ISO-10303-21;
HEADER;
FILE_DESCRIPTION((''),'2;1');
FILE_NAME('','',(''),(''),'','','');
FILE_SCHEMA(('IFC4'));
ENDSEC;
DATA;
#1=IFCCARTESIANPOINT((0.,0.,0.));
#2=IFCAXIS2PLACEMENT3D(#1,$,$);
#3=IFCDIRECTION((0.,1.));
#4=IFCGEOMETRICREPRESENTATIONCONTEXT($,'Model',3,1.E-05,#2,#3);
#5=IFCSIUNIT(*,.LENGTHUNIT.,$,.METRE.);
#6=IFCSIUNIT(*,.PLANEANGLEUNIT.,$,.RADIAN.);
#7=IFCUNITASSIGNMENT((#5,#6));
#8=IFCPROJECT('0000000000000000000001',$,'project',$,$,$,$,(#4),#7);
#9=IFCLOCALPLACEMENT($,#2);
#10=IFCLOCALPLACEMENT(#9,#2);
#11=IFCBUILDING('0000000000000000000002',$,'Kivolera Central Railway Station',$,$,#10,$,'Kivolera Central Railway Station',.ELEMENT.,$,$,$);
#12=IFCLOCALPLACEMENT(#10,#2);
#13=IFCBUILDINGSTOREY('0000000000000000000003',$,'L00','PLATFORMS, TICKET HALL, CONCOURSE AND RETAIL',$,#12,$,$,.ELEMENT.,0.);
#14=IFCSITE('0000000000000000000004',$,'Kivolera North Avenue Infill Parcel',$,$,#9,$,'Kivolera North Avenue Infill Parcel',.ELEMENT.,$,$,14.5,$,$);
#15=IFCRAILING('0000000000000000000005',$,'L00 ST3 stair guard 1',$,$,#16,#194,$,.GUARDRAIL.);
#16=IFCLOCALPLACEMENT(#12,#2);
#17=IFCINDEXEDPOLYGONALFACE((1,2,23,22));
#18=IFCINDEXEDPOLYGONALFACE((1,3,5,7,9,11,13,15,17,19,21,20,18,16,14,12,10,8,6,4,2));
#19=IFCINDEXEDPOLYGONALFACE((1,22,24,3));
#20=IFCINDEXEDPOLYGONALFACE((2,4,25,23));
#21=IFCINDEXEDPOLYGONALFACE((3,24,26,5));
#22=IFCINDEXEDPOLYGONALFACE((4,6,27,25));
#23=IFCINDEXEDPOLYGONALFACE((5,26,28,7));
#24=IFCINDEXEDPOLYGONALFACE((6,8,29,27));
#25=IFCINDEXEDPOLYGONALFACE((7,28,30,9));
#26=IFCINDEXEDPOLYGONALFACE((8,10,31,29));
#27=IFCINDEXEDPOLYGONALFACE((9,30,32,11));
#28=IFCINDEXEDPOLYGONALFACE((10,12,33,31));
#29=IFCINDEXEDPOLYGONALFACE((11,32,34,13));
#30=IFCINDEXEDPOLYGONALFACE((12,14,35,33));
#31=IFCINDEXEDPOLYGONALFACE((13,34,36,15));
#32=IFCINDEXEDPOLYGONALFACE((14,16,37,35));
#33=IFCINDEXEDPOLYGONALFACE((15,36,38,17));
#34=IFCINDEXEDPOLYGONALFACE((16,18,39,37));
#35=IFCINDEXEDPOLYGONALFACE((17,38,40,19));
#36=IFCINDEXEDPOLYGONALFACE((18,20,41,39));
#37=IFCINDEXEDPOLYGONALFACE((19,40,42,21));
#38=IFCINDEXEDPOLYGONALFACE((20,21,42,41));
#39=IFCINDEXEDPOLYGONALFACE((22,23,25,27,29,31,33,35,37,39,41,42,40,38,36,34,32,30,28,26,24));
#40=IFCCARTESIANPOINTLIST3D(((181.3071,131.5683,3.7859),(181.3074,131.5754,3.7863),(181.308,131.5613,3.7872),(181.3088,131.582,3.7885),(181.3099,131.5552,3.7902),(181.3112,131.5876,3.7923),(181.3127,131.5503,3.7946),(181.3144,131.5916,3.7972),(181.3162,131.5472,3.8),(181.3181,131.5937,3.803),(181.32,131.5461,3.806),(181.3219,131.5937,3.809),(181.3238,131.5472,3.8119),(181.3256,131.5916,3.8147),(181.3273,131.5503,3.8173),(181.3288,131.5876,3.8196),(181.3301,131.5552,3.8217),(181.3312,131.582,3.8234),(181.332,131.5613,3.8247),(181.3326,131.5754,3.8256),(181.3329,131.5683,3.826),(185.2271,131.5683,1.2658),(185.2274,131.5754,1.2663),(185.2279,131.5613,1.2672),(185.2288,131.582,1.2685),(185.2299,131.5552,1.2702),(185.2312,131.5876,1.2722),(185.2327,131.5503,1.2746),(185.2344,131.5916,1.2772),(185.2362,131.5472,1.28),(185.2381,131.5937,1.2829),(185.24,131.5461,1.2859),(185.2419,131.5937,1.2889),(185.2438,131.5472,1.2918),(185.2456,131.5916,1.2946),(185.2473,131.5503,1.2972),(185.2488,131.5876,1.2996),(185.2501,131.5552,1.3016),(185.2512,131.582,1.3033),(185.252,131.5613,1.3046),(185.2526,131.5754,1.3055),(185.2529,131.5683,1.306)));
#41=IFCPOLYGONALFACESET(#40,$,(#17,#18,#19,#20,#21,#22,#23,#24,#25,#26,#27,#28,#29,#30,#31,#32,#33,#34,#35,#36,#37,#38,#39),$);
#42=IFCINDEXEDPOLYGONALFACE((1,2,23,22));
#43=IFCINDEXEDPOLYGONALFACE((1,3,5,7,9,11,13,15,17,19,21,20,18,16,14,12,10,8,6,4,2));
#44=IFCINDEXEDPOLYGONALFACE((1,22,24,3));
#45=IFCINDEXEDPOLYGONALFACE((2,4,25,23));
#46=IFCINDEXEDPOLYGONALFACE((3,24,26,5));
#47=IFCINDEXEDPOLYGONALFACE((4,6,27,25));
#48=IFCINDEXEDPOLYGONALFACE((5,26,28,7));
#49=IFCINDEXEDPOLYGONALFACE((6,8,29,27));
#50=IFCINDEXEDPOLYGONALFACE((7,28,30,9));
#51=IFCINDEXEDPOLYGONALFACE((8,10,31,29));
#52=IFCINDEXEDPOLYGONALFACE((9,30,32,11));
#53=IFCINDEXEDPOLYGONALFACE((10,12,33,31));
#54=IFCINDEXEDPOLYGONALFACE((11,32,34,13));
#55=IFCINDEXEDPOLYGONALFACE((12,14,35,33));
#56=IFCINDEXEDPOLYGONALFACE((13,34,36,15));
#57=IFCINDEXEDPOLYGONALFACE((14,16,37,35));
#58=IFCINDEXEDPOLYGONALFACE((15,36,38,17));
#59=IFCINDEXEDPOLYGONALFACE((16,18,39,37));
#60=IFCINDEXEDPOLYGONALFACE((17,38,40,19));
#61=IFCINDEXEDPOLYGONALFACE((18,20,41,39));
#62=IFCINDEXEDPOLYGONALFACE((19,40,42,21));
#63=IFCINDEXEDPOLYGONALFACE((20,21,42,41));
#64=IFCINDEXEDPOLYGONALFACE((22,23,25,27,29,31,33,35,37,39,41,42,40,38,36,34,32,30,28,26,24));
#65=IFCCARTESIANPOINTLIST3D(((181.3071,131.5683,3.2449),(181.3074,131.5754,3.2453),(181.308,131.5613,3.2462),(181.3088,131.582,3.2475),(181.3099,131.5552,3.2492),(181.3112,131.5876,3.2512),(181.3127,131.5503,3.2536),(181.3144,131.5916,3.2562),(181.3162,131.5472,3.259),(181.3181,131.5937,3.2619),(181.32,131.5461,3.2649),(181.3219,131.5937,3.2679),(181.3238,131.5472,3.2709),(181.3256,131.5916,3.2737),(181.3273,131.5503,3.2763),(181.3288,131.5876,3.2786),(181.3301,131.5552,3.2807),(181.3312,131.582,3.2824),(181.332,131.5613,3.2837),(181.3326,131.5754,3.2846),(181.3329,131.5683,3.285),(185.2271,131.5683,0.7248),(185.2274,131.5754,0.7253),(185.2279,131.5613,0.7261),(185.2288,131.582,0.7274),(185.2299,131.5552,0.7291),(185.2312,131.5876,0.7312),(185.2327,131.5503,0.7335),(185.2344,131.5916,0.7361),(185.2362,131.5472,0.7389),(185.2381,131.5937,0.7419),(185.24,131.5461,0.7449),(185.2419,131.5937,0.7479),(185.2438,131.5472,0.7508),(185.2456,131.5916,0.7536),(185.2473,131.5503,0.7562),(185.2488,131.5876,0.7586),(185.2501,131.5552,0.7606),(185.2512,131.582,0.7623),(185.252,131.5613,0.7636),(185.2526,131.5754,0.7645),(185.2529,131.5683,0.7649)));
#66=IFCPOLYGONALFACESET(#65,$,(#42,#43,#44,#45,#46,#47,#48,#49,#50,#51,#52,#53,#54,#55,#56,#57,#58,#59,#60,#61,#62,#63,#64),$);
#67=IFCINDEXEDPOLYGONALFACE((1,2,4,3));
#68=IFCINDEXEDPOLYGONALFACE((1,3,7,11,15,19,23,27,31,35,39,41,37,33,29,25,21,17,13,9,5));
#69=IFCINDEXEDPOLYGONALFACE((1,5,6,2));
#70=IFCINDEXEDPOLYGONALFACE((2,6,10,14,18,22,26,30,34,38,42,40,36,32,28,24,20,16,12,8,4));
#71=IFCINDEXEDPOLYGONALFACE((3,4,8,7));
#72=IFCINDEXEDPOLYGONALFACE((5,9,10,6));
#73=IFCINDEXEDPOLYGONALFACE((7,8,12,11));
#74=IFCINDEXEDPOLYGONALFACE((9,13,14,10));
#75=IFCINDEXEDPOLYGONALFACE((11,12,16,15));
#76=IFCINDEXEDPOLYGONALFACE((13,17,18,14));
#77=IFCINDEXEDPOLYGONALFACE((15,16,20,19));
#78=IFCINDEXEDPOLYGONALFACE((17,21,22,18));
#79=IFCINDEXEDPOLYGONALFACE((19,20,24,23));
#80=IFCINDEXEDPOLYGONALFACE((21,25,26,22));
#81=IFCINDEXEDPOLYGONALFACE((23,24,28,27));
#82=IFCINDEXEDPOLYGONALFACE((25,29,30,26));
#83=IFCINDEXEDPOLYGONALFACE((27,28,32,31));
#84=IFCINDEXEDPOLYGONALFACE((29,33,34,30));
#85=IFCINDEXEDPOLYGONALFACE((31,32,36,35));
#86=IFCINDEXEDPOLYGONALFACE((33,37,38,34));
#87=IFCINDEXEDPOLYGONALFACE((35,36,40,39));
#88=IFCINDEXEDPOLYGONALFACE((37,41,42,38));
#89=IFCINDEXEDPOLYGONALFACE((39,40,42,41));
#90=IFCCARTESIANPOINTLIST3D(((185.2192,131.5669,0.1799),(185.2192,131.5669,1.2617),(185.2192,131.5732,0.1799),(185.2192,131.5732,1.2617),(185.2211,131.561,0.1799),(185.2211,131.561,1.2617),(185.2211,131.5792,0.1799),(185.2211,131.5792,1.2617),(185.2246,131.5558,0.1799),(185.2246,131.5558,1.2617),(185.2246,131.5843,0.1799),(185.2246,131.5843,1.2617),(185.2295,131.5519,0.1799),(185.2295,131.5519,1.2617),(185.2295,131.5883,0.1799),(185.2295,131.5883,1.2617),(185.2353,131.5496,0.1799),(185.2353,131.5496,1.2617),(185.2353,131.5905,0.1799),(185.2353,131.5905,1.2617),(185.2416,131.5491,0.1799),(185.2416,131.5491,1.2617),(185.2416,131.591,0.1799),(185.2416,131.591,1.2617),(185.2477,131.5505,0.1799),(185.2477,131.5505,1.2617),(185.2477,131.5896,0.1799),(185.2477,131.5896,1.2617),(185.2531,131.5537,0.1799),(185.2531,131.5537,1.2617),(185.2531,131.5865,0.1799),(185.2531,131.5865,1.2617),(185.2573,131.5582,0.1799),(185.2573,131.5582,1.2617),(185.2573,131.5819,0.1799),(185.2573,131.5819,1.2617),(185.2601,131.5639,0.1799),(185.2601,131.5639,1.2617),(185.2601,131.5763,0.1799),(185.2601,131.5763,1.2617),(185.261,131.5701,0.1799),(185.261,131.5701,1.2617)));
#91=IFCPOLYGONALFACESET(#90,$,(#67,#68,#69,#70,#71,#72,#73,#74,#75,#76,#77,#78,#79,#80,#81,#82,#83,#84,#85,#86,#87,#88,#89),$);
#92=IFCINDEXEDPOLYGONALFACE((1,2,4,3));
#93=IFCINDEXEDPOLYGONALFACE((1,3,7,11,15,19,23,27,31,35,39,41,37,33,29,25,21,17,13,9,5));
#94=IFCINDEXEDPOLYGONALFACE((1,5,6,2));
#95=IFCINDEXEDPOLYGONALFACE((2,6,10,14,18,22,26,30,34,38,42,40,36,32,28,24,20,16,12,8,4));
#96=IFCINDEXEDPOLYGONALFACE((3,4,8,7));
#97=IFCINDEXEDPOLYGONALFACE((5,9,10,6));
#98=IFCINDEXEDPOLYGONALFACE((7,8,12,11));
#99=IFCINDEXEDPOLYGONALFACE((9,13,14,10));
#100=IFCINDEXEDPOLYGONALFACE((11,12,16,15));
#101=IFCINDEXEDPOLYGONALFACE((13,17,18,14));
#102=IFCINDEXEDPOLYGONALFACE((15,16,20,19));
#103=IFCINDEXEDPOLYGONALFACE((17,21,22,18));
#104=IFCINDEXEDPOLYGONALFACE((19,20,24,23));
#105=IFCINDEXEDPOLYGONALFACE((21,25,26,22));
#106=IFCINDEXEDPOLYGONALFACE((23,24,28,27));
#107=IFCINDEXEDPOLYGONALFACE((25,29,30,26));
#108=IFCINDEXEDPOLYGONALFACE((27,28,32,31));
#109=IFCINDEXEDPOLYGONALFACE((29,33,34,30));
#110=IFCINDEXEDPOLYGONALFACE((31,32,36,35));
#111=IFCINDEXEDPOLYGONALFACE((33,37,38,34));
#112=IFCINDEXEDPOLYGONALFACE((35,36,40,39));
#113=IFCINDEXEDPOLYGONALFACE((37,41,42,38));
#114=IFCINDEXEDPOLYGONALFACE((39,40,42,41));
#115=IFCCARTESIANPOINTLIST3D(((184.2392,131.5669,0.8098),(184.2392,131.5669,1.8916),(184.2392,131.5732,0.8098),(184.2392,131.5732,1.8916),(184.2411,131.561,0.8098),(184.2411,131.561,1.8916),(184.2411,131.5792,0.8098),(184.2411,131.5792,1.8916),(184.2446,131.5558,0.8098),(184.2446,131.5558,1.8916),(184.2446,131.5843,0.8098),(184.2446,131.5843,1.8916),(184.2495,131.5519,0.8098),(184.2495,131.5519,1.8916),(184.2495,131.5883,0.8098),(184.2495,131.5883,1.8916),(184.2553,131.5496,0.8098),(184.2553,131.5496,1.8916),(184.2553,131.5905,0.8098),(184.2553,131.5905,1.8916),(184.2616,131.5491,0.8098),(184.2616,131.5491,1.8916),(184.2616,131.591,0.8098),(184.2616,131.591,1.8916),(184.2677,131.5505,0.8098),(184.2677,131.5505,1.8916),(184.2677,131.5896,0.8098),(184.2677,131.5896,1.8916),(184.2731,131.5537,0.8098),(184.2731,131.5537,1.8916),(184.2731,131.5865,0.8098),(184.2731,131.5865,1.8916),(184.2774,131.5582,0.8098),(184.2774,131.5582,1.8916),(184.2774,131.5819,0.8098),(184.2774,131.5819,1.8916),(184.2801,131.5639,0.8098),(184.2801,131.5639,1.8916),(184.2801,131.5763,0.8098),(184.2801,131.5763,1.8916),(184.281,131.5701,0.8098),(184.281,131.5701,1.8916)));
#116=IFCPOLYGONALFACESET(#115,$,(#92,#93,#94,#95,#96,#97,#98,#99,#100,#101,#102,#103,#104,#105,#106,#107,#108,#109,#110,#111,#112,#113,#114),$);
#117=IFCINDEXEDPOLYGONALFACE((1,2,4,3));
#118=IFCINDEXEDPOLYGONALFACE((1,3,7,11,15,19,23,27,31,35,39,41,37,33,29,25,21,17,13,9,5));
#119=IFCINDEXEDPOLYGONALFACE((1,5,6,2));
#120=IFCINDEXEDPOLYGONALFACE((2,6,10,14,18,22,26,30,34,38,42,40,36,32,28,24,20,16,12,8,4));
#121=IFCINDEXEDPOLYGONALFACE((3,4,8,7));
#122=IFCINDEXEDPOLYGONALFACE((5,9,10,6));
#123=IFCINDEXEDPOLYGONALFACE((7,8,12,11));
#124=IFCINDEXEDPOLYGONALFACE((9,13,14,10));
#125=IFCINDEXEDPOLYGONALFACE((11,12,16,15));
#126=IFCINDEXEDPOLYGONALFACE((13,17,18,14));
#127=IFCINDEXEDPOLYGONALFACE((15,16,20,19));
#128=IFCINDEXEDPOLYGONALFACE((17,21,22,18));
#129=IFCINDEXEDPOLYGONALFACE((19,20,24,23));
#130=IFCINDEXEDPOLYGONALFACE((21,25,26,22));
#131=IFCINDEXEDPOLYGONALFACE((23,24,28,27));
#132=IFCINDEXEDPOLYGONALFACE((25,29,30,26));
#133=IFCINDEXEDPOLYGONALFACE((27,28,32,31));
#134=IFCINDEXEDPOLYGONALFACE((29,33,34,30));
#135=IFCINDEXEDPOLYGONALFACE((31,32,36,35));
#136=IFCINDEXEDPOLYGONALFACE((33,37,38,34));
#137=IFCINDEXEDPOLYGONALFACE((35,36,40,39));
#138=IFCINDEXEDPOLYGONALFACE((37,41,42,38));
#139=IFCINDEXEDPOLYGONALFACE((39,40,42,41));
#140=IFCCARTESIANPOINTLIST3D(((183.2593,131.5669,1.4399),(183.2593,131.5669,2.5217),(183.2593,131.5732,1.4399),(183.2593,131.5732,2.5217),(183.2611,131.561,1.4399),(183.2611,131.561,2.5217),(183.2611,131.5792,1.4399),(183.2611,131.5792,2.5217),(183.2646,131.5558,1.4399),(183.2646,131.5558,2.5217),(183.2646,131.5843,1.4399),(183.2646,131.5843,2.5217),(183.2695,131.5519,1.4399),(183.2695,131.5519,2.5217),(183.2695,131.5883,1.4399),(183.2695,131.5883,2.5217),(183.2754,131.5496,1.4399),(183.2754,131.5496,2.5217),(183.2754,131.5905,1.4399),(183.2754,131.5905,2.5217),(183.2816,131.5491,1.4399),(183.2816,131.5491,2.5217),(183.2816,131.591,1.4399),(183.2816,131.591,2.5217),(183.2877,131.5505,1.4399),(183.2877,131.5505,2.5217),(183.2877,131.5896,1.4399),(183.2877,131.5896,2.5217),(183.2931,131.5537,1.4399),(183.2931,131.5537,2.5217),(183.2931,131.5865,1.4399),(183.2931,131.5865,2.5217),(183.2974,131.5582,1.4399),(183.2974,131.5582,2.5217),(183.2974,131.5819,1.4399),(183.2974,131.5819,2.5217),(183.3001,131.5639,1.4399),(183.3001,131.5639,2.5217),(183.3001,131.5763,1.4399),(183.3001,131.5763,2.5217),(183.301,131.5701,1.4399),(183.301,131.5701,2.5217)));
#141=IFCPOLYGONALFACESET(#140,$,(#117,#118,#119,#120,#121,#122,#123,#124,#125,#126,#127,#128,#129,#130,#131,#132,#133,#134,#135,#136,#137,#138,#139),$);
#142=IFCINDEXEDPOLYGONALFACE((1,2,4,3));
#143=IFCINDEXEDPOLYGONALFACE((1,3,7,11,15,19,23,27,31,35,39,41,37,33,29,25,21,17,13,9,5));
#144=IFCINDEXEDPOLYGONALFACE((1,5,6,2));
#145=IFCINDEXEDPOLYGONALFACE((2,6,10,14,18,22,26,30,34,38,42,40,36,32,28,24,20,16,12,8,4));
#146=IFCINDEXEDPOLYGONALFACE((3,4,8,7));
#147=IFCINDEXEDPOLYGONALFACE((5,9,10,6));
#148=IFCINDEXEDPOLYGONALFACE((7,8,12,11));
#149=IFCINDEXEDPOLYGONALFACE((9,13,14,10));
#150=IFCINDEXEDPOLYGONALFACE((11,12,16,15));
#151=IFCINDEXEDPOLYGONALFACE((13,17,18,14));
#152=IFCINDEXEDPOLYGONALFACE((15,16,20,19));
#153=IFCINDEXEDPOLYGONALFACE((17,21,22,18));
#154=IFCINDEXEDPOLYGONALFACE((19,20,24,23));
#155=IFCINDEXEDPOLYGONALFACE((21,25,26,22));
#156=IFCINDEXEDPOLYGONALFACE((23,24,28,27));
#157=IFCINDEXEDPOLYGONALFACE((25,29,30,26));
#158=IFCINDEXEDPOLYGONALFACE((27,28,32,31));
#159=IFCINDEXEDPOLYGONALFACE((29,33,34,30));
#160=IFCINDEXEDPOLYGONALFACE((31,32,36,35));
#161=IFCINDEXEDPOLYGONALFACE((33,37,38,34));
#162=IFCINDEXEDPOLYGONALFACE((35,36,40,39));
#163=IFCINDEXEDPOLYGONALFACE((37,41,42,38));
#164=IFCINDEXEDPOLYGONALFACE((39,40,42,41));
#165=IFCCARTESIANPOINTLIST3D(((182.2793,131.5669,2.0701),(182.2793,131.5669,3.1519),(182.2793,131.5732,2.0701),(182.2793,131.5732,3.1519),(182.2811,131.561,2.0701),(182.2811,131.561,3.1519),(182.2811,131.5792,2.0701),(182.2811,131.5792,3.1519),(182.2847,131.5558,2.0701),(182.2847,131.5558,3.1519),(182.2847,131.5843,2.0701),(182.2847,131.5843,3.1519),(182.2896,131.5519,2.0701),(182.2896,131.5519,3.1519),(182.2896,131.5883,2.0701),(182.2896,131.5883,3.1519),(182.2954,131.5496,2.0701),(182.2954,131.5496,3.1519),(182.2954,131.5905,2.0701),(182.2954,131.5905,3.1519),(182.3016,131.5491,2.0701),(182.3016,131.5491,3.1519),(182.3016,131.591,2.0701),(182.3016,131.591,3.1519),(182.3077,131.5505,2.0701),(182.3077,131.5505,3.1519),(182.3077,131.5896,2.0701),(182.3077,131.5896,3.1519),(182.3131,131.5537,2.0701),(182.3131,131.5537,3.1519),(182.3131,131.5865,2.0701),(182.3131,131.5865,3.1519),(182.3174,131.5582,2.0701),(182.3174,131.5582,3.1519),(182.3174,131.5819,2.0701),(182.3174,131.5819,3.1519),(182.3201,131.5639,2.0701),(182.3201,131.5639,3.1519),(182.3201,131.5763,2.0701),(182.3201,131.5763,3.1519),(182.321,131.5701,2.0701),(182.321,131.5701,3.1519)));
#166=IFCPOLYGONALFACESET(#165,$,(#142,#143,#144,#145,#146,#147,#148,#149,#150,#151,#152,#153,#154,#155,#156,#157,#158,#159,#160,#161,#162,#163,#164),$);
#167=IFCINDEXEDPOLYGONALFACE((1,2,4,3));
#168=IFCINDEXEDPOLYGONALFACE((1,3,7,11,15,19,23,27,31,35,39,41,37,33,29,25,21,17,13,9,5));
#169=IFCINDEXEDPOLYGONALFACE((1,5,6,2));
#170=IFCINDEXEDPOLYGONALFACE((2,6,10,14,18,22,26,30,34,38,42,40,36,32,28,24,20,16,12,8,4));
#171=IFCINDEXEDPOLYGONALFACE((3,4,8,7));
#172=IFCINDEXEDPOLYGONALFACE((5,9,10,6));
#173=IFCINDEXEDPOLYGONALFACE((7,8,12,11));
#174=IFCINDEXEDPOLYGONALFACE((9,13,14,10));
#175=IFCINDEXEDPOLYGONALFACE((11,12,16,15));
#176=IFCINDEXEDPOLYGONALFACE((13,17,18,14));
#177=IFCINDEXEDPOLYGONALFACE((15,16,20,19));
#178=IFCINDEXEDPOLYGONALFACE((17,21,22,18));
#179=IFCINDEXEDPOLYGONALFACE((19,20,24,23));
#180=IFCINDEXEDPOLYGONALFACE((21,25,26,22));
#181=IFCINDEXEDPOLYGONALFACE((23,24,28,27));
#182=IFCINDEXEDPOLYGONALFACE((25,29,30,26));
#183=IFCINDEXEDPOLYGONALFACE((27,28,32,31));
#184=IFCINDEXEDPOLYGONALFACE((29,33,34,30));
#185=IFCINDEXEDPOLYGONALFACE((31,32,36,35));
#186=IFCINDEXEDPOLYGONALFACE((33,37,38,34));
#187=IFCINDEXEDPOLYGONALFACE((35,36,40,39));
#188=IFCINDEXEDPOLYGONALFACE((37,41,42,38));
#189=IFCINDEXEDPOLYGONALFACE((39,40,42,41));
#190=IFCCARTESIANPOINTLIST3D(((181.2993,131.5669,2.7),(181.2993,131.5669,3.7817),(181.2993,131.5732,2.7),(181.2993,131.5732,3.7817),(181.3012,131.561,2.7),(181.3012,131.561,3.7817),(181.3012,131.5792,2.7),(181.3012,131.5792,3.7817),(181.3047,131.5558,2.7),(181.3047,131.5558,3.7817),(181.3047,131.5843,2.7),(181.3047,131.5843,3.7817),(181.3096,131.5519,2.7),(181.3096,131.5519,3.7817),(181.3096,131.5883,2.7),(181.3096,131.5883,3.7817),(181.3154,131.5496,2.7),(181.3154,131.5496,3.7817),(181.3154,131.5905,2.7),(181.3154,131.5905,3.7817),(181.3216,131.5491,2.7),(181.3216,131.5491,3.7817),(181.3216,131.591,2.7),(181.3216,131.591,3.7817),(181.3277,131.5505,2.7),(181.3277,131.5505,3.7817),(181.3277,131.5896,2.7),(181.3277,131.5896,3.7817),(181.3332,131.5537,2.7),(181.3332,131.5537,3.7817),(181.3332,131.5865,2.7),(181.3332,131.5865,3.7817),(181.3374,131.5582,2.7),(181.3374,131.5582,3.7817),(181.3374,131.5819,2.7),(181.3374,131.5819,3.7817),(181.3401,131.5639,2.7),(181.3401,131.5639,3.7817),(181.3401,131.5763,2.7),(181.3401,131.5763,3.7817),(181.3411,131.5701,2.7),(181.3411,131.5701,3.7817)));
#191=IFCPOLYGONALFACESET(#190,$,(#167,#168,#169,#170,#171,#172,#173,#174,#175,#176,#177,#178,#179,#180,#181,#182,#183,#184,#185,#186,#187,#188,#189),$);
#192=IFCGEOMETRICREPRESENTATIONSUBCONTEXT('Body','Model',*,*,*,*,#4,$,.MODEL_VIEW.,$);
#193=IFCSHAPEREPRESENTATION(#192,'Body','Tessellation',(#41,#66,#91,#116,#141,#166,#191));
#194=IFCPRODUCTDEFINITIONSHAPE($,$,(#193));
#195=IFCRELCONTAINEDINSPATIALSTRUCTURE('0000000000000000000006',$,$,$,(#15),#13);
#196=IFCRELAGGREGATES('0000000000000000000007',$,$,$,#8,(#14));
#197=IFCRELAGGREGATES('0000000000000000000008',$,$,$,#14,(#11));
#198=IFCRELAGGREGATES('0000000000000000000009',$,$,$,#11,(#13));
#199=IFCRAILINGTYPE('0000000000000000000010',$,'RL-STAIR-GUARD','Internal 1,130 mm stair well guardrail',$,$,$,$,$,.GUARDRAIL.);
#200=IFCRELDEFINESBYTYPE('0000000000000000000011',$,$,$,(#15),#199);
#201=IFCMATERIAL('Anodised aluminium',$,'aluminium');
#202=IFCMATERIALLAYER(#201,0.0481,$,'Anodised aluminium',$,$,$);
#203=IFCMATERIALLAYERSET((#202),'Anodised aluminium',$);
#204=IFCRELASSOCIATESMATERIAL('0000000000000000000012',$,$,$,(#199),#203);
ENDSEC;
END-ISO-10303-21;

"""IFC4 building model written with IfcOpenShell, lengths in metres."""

from ifc_helpers import new_model, si_unit, direction, frame, origin, origin_2d, place, context, subcontext, project, spatial, circle, extrude, material, layer, layer_set, type_object, element, save


model = new_model("IFC4")

# Units and contexts
model_context = context("Model", 3, precision=1e-05, world=origin(), true_north=direction((0.0, 1.0)))
body_context = subcontext(model_context, "Body", "Model", "MODEL_VIEW")
ifc_project = project(units=[si_unit("LENGTHUNIT", "METRE"), si_unit("PLANEANGLEUNIT", "RADIAN")], contexts=[model_context])

# Site, building, storey
site_placement = place(None, origin())
site = spatial("IfcSite", under=ifc_project, at=site_placement, Name="Kivolera North Avenue Infill Parcel", LongName="Kivolera North Avenue Infill Parcel", CompositionType="ELEMENT", RefElevation=14.5)
building_placement = place(site_placement, origin())
building = spatial("IfcBuilding", under=site, at=building_placement, Name="Kivolera Central Railway Station", LongName="Kivolera Central Railway Station", CompositionType="ELEMENT")
storey_placement = place(building_placement, origin())
storey = spatial("IfcBuildingStorey", under=building, at=storey_placement, Name="L00", Description="PLATFORMS, TICKET HALL, CONCOURSE AND RETAIL", CompositionType="ELEMENT", Elevation=0.0)

# Shared definitions
ifc_material_1 = material(Name="Anodised aluminium", Category="aluminium")

# Railing
ifc_layer_1 = layer(ifc_material_1, 0.0481, Name="Anodised aluminium")
ifc_layer_set_1 = layer_set([ifc_layer_1], Name="Anodised aluminium")
railing_type_1 = type_object("IfcRailingType", Name="RL-STAIR-GUARD", Description="Internal 1,130 mm stair well guardrail", PredefinedType="GUARDRAIL", material=ifc_layer_set_1)
railing_1_placement = place(storey_placement, frame((185.24, 131.5701, 0.1799)))
element("IfcRailing", 1, at=railing_1_placement, inside=storey, type_object=railing_type_1, Name="L00 ST3 stair guard 1", PredefinedType="GUARDRAIL", context=body_context, shape_type="SweptSolid", body=[
    extrude(circle(Radius=0.0239, at=origin_2d()), frame((0.0, 0.0, 1.106), z_axis=(-0.841172, 0.0, 0.540768), x_axis=(0.0, -1.0, 0.0)), (0.0, 0.0, 1.0), 4.6602),
    extrude(circle(Radius=0.0239, at=origin_2d()), frame((0.0, 0.0, 0.5649), z_axis=(-0.841172, 0.0, 0.540768), x_axis=(0.0, -1.0, 0.0)), (0.0, 0.0, 1.0), 4.6602),
    extrude(circle(Radius=0.021, at=origin_2d()), origin(), (0.0, 0.0, 1.0), 1.0818),
    extrude(circle(Radius=0.021, at=origin_2d()), frame((-0.98, 0.0, 0.6299)), (0.0, 0.0, 1.0), 1.0818),
    extrude(circle(Radius=0.021, at=origin_2d()), frame((-1.96, 0.0, 1.26)), (0.0, 0.0, 1.0), 1.0818),
    extrude(circle(Radius=0.021, at=origin_2d()), frame((-2.9399, 0.0, 1.8901)), (0.0, 0.0, 1.0), 1.0818),
    extrude(circle(Radius=0.021, at=origin_2d()), frame((-3.9199, 0.0, 2.52)), (0.0, 0.0, 1.0), 1.0818),
])

save(model, "model.ifc")
